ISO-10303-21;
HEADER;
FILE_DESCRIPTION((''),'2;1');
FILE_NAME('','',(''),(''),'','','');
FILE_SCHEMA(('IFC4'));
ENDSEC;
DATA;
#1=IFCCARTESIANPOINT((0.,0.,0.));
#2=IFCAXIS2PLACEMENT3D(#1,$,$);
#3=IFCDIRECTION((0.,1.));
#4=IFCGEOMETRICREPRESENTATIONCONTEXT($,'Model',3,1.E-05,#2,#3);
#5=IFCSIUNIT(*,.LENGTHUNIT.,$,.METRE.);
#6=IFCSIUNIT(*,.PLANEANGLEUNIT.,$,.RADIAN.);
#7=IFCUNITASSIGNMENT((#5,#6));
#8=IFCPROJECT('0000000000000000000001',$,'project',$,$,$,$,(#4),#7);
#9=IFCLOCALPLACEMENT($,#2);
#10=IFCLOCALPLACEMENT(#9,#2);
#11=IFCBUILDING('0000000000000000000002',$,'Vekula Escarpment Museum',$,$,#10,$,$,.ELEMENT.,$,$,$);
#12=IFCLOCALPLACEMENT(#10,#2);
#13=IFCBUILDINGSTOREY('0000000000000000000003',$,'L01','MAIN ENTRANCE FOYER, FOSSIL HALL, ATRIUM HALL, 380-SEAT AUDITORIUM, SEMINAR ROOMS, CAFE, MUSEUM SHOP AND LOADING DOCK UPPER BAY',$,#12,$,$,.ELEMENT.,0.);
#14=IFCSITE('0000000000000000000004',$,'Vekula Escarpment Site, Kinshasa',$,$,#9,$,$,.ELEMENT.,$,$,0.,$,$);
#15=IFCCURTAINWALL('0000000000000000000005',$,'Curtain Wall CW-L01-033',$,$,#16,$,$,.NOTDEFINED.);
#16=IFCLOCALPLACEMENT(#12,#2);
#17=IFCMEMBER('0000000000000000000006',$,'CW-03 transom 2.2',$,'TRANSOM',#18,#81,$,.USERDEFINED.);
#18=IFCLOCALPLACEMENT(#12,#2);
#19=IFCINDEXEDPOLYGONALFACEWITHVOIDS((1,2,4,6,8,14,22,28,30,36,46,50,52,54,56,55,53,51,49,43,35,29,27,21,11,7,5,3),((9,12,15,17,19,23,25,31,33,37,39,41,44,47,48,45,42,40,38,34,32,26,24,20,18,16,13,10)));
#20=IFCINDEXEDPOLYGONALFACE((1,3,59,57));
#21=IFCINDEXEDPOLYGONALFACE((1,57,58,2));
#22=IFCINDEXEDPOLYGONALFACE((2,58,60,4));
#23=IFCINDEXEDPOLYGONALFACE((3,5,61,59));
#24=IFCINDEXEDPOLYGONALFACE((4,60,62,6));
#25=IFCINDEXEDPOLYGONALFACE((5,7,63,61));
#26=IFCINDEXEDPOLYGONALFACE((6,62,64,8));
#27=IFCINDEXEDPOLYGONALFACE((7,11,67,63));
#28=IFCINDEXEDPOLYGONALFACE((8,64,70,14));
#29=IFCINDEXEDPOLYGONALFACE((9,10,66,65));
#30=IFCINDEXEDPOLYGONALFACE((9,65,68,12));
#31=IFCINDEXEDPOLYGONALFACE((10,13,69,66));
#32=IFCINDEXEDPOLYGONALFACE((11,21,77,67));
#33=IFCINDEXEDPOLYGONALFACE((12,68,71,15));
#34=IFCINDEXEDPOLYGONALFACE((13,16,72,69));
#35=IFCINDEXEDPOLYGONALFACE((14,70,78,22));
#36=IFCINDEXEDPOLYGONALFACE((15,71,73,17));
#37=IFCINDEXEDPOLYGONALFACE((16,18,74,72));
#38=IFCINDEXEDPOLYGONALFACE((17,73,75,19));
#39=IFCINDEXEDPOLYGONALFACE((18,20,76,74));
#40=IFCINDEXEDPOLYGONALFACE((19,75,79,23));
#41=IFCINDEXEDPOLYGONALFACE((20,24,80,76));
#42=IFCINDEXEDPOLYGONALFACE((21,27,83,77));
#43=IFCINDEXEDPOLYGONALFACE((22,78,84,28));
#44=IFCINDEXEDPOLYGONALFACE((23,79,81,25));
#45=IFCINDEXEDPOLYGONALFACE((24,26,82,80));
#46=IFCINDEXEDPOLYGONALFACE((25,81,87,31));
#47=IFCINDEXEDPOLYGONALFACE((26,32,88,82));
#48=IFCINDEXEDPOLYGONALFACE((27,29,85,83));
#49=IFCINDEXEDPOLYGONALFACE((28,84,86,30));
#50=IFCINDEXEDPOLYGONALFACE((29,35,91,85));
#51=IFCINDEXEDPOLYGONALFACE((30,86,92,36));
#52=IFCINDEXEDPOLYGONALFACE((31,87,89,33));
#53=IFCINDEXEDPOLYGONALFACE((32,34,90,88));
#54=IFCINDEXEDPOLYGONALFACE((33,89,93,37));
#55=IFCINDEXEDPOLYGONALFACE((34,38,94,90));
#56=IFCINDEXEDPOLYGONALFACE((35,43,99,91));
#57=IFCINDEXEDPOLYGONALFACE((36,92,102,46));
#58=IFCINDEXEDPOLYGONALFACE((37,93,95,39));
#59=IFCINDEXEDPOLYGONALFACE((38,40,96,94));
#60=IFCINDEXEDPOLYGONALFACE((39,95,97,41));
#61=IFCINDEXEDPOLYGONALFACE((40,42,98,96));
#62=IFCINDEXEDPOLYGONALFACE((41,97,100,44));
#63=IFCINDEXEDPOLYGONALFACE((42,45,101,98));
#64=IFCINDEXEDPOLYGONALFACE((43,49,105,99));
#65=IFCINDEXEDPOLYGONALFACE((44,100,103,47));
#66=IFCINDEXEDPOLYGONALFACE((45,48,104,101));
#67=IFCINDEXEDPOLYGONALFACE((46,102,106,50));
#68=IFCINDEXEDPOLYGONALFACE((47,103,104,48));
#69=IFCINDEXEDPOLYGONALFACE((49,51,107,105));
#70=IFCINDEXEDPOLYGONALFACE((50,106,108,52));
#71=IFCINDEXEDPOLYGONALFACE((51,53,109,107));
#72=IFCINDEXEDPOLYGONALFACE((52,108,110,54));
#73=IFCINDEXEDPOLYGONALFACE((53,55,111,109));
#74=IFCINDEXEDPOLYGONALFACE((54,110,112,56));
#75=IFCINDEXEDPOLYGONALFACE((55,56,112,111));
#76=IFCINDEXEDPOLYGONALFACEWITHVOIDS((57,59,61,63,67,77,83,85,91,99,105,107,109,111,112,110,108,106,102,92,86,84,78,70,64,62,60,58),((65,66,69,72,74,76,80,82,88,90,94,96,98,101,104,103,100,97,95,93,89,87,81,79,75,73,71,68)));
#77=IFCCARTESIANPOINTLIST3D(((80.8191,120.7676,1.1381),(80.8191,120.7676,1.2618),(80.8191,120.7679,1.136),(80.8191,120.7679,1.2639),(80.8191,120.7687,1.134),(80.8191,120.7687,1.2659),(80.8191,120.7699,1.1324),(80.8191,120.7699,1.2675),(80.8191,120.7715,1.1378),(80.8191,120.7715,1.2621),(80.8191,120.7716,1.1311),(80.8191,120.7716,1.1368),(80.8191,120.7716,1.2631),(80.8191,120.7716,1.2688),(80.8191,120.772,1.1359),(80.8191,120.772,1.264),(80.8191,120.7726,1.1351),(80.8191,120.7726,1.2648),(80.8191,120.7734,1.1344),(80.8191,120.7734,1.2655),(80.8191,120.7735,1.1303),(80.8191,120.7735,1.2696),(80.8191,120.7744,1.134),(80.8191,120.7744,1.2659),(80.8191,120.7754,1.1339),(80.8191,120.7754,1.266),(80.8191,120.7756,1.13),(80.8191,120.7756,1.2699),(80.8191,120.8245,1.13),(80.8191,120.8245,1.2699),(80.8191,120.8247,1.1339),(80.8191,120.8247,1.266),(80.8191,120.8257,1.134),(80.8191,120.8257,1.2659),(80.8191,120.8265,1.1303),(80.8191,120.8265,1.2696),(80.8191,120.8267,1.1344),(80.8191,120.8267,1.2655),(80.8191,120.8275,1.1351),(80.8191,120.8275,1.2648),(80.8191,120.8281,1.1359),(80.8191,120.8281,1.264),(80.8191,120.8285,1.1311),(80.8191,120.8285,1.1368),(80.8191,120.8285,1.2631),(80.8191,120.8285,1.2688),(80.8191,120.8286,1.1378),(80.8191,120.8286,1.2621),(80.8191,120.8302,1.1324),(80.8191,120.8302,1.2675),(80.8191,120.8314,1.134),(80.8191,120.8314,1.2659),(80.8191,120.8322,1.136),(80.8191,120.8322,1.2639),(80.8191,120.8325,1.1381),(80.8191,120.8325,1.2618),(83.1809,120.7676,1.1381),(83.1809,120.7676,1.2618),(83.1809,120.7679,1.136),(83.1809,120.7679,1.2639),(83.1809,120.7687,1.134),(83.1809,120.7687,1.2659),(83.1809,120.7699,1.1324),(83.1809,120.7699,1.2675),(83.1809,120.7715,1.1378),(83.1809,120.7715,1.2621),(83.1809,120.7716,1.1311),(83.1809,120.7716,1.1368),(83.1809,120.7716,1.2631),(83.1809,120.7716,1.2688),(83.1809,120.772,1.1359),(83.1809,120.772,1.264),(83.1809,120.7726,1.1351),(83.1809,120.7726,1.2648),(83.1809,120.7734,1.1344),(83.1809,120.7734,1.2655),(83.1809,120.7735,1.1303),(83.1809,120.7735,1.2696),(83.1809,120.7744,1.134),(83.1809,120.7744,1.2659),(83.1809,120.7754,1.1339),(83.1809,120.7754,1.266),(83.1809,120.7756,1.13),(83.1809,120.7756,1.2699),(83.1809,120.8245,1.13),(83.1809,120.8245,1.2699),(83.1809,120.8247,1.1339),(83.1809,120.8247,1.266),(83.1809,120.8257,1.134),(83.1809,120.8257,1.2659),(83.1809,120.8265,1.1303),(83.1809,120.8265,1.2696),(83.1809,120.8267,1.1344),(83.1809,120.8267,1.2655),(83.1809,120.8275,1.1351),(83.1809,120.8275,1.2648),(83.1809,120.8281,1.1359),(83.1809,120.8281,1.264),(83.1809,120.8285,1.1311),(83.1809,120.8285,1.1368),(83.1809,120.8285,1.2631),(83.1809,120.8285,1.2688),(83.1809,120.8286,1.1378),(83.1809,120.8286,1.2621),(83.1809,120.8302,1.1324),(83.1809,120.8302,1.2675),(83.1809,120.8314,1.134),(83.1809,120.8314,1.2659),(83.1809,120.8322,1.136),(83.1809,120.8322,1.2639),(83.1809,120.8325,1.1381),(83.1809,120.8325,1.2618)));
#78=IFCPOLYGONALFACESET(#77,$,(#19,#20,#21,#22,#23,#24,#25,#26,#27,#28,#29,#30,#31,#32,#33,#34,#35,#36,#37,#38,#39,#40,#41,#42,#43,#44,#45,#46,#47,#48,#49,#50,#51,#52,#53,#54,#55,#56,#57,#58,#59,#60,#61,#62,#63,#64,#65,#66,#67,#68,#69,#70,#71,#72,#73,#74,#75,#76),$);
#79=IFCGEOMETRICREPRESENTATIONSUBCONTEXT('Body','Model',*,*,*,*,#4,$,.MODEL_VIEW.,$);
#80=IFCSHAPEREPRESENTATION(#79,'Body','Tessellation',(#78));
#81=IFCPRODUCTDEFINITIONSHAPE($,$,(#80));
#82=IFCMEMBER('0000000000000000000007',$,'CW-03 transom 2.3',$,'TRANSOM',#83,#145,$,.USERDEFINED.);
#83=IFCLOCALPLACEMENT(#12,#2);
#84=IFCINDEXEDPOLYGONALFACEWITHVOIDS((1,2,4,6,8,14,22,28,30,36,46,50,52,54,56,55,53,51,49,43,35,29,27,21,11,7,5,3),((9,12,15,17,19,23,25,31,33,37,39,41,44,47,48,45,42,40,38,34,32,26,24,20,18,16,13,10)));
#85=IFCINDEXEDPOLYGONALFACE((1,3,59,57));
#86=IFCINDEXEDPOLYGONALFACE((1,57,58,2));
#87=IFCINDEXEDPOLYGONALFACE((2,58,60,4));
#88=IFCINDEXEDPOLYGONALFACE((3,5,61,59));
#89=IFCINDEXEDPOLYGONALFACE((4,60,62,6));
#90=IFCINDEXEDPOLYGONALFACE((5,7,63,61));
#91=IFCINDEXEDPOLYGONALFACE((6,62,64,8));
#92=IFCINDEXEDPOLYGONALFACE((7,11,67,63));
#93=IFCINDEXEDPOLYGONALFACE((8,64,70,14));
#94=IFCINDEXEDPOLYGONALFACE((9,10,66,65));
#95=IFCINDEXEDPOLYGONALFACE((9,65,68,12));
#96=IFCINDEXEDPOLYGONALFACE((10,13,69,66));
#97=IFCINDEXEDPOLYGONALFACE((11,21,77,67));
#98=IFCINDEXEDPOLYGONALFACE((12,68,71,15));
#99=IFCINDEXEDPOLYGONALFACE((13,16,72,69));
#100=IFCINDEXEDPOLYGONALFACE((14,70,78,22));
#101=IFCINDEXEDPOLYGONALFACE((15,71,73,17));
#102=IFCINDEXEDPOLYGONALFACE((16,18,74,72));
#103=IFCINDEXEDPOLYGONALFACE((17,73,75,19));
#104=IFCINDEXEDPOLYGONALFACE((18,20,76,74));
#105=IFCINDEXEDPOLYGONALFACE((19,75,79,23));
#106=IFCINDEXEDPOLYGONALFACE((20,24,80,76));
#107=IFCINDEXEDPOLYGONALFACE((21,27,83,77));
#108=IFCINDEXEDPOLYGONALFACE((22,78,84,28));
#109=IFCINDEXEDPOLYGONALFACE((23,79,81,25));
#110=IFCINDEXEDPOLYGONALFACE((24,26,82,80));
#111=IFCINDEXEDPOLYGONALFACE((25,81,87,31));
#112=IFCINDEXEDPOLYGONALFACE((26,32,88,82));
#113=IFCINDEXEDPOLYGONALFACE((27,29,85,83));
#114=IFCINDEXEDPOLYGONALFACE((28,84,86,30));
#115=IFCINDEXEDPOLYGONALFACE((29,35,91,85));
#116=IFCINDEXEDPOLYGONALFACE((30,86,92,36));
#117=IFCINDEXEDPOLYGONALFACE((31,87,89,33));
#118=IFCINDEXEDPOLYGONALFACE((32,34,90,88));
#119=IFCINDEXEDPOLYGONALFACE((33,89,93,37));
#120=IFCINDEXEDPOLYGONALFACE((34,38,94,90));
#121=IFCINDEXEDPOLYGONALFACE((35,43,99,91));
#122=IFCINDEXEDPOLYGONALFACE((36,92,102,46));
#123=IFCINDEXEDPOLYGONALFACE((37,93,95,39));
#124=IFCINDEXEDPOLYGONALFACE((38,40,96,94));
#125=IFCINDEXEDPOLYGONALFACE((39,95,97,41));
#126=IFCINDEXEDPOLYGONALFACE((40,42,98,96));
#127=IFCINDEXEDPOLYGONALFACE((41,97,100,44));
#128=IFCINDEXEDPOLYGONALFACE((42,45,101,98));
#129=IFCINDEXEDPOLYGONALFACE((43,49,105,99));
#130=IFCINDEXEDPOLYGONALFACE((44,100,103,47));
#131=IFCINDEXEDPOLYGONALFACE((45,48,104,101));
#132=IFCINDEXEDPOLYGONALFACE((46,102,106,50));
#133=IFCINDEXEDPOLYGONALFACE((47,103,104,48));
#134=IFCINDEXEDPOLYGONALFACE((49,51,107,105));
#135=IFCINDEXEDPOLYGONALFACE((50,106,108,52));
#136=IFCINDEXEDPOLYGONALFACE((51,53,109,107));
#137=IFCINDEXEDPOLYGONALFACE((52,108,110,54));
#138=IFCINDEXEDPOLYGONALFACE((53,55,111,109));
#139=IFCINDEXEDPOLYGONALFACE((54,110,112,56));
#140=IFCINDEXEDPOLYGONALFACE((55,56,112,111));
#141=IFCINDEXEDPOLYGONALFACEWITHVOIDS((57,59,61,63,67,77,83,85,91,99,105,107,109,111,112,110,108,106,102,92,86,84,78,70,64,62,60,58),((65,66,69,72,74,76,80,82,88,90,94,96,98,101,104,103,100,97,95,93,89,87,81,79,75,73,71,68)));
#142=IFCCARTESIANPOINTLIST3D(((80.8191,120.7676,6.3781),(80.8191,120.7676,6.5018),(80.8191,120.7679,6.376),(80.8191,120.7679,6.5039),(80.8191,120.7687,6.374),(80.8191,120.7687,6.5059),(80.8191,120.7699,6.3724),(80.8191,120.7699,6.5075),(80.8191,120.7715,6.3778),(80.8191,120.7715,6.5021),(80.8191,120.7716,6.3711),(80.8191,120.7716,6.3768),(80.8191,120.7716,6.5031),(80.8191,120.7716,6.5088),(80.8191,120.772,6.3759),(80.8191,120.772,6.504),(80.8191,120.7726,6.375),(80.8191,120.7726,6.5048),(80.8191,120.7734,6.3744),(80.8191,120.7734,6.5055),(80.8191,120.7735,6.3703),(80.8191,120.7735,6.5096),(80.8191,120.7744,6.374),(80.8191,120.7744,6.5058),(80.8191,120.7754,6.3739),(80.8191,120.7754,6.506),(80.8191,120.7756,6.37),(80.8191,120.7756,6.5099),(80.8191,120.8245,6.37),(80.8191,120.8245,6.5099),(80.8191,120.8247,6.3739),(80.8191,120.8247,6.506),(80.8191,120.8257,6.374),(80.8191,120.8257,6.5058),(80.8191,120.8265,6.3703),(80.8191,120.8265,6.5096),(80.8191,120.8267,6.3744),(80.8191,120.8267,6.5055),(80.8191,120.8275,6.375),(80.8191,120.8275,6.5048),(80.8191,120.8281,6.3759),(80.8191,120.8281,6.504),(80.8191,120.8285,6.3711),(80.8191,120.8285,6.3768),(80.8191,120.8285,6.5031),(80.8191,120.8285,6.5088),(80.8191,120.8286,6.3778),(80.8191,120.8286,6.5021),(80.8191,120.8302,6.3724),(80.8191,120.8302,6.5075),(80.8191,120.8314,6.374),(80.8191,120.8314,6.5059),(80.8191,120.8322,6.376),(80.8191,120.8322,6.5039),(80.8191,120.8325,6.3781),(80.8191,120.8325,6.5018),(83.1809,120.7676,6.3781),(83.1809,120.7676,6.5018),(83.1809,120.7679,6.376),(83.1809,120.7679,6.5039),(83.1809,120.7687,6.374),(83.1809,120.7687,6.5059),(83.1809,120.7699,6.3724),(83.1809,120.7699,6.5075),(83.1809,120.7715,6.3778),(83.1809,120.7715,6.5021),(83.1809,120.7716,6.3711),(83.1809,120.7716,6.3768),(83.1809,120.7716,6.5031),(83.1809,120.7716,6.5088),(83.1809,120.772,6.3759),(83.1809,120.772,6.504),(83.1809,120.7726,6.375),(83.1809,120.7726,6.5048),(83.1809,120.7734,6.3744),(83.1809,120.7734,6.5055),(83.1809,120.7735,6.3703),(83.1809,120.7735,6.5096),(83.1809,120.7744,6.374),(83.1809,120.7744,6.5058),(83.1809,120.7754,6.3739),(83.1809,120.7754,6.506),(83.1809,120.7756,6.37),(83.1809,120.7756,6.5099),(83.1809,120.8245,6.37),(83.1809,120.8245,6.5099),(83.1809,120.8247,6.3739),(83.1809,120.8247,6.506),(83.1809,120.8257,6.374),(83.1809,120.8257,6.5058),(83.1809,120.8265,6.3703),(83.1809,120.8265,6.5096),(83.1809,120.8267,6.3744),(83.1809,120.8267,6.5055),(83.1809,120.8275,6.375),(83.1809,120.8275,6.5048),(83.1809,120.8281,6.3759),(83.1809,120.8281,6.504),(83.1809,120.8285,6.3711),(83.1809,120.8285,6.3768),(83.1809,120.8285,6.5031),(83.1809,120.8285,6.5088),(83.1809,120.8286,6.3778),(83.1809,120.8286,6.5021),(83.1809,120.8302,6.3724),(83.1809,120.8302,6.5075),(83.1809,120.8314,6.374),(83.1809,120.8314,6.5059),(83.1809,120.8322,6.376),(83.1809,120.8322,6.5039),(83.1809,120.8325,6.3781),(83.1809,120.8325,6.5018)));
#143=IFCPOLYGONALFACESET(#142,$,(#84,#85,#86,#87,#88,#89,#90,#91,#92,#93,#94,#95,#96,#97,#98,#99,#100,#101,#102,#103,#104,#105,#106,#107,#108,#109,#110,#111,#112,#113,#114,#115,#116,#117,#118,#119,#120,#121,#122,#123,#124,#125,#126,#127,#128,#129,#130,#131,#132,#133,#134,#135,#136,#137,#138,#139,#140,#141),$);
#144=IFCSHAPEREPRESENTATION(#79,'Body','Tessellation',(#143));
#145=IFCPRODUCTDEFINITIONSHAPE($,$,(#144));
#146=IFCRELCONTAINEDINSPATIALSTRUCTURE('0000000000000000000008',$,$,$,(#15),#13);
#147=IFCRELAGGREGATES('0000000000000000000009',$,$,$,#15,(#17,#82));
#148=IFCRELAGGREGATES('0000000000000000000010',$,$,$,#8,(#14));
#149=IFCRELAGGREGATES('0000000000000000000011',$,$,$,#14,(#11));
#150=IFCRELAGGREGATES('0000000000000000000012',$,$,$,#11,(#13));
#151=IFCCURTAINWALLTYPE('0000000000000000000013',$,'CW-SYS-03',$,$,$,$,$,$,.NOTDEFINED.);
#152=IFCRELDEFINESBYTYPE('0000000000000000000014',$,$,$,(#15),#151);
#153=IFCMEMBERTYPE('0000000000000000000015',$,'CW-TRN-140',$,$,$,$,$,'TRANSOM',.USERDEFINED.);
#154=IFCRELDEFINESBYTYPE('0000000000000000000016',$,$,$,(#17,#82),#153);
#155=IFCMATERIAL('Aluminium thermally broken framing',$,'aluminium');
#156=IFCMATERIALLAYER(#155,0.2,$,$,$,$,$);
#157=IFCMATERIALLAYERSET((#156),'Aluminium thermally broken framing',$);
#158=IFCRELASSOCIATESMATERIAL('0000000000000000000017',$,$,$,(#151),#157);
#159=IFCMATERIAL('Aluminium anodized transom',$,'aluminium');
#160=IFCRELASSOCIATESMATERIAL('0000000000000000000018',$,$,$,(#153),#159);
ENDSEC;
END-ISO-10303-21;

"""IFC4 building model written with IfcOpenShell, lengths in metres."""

from ifc_helpers import new_model, si_unit, direction, frame, origin, origin_2d, place, context, subcontext, project, spatial, hollow_rectangle, extrude, material, layer, layer_set, material_profile, profile_set, type_object, element, aggregate, save


model = new_model("IFC4")

# Units and contexts
model_context = context("Model", 3, precision=1e-05, world=origin(), true_north=direction((0.0, 1.0)))
body_context = subcontext(model_context, "Body", "Model", "MODEL_VIEW")
ifc_project = project(units=[si_unit("LENGTHUNIT", "METRE"), si_unit("PLANEANGLEUNIT", "RADIAN")], contexts=[model_context])

# Site, building, storey
site_placement = place(None, origin())
site = spatial("IfcSite", under=ifc_project, at=site_placement, Name="Vekula Escarpment Site, Kinshasa", CompositionType="ELEMENT", RefElevation=0.0)
building_placement = place(site_placement, origin())
building = spatial("IfcBuilding", under=site, at=building_placement, Name="Vekula Escarpment Museum", CompositionType="ELEMENT")
storey_placement = place(building_placement, origin())
storey = spatial("IfcBuildingStorey", under=building, at=storey_placement, Name="L01", Description="MAIN ENTRANCE FOYER, FOSSIL HALL, ATRIUM HALL, 380-SEAT AUDITORIUM, SEMINAR ROOMS, CAFE, MUSEUM SHOP AND LOADING DOCK UPPER BAY", CompositionType="ELEMENT", Elevation=0.0)

# Curtain wall, members
ifc_material_1 = material(Name="Aluminium thermally broken framing", Category="aluminium")
ifc_layer_1 = layer(ifc_material_1, 0.2)
ifc_layer_set_1 = layer_set([ifc_layer_1], Name="Aluminium thermally broken framing")
curtain_wall_type = type_object("IfcCurtainWallType", Name="CW-SYS-03", PredefinedType="NOTDEFINED", material=ifc_layer_set_1)
curtain_wall_placement = place(storey_placement, origin())
curtain_wall = element("IfcCurtainWall", 1, at=curtain_wall_placement, inside=storey, type_object=curtain_wall_type, Name="Curtain Wall CW-L01-033", PredefinedType="NOTDEFINED")
ifc_material_2 = material(Name="Aluminium anodized transom", Category="aluminium")
ifc_material_profile_1 = material_profile(ifc_material_2, hollow_rectangle(XDim=0.0649, YDim=0.1399, WallThickness=0.0039, InnerFilletRadius=0.0039, OuterFilletRadius=0.0081, at=origin_2d()), Name="ALU 140x65x4")
ifc_profile_set_1 = profile_set([ifc_material_profile_1], Name="Aluminium anodized transom")
member_type_1 = type_object("IfcMemberType", Name="CW-TRN-140", ElementType="TRANSOM", PredefinedType="USERDEFINED", material=ifc_profile_set_1)
member_1_placement = place(storey_placement, frame((80.8191, 120.8, 1.2), z_axis=(1.0, 0.0, 0.0), x_axis=(0.0, 1.0, 0.0)))
member_1 = element("IfcMember", 2, at=member_1_placement, type_object=member_type_1, Name="CW-03 transom 2.2", ObjectType="TRANSOM", PredefinedType="USERDEFINED", context=body_context, shape_type="SweptSolid", body=[
    extrude(hollow_rectangle(XDim=0.0649, YDim=0.1399, WallThickness=0.0039, InnerFilletRadius=0.0039, OuterFilletRadius=0.0081, at=origin_2d()), origin(), (0.0, 0.0, 1.0), 2.3618),
])
member_2_placement = place(storey_placement, frame((80.8191, 120.8, 6.4399), z_axis=(1.0, 0.0, 0.0), x_axis=(0.0, 1.0, 0.0)))
member_2 = element("IfcMember", 3, at=member_2_placement, type_object=member_type_1, Name="CW-03 transom 2.3", ObjectType="TRANSOM", PredefinedType="USERDEFINED", context=body_context, shape_type="SweptSolid", body=[
    extrude(hollow_rectangle(XDim=0.0649, YDim=0.1399, WallThickness=0.0039, InnerFilletRadius=0.0039, OuterFilletRadius=0.0081, at=origin_2d()), origin(), (0.0, 0.0, 1.0), 2.3618),
])
aggregate(curtain_wall, [member_1, member_2])

save(model, "model.ifc")
